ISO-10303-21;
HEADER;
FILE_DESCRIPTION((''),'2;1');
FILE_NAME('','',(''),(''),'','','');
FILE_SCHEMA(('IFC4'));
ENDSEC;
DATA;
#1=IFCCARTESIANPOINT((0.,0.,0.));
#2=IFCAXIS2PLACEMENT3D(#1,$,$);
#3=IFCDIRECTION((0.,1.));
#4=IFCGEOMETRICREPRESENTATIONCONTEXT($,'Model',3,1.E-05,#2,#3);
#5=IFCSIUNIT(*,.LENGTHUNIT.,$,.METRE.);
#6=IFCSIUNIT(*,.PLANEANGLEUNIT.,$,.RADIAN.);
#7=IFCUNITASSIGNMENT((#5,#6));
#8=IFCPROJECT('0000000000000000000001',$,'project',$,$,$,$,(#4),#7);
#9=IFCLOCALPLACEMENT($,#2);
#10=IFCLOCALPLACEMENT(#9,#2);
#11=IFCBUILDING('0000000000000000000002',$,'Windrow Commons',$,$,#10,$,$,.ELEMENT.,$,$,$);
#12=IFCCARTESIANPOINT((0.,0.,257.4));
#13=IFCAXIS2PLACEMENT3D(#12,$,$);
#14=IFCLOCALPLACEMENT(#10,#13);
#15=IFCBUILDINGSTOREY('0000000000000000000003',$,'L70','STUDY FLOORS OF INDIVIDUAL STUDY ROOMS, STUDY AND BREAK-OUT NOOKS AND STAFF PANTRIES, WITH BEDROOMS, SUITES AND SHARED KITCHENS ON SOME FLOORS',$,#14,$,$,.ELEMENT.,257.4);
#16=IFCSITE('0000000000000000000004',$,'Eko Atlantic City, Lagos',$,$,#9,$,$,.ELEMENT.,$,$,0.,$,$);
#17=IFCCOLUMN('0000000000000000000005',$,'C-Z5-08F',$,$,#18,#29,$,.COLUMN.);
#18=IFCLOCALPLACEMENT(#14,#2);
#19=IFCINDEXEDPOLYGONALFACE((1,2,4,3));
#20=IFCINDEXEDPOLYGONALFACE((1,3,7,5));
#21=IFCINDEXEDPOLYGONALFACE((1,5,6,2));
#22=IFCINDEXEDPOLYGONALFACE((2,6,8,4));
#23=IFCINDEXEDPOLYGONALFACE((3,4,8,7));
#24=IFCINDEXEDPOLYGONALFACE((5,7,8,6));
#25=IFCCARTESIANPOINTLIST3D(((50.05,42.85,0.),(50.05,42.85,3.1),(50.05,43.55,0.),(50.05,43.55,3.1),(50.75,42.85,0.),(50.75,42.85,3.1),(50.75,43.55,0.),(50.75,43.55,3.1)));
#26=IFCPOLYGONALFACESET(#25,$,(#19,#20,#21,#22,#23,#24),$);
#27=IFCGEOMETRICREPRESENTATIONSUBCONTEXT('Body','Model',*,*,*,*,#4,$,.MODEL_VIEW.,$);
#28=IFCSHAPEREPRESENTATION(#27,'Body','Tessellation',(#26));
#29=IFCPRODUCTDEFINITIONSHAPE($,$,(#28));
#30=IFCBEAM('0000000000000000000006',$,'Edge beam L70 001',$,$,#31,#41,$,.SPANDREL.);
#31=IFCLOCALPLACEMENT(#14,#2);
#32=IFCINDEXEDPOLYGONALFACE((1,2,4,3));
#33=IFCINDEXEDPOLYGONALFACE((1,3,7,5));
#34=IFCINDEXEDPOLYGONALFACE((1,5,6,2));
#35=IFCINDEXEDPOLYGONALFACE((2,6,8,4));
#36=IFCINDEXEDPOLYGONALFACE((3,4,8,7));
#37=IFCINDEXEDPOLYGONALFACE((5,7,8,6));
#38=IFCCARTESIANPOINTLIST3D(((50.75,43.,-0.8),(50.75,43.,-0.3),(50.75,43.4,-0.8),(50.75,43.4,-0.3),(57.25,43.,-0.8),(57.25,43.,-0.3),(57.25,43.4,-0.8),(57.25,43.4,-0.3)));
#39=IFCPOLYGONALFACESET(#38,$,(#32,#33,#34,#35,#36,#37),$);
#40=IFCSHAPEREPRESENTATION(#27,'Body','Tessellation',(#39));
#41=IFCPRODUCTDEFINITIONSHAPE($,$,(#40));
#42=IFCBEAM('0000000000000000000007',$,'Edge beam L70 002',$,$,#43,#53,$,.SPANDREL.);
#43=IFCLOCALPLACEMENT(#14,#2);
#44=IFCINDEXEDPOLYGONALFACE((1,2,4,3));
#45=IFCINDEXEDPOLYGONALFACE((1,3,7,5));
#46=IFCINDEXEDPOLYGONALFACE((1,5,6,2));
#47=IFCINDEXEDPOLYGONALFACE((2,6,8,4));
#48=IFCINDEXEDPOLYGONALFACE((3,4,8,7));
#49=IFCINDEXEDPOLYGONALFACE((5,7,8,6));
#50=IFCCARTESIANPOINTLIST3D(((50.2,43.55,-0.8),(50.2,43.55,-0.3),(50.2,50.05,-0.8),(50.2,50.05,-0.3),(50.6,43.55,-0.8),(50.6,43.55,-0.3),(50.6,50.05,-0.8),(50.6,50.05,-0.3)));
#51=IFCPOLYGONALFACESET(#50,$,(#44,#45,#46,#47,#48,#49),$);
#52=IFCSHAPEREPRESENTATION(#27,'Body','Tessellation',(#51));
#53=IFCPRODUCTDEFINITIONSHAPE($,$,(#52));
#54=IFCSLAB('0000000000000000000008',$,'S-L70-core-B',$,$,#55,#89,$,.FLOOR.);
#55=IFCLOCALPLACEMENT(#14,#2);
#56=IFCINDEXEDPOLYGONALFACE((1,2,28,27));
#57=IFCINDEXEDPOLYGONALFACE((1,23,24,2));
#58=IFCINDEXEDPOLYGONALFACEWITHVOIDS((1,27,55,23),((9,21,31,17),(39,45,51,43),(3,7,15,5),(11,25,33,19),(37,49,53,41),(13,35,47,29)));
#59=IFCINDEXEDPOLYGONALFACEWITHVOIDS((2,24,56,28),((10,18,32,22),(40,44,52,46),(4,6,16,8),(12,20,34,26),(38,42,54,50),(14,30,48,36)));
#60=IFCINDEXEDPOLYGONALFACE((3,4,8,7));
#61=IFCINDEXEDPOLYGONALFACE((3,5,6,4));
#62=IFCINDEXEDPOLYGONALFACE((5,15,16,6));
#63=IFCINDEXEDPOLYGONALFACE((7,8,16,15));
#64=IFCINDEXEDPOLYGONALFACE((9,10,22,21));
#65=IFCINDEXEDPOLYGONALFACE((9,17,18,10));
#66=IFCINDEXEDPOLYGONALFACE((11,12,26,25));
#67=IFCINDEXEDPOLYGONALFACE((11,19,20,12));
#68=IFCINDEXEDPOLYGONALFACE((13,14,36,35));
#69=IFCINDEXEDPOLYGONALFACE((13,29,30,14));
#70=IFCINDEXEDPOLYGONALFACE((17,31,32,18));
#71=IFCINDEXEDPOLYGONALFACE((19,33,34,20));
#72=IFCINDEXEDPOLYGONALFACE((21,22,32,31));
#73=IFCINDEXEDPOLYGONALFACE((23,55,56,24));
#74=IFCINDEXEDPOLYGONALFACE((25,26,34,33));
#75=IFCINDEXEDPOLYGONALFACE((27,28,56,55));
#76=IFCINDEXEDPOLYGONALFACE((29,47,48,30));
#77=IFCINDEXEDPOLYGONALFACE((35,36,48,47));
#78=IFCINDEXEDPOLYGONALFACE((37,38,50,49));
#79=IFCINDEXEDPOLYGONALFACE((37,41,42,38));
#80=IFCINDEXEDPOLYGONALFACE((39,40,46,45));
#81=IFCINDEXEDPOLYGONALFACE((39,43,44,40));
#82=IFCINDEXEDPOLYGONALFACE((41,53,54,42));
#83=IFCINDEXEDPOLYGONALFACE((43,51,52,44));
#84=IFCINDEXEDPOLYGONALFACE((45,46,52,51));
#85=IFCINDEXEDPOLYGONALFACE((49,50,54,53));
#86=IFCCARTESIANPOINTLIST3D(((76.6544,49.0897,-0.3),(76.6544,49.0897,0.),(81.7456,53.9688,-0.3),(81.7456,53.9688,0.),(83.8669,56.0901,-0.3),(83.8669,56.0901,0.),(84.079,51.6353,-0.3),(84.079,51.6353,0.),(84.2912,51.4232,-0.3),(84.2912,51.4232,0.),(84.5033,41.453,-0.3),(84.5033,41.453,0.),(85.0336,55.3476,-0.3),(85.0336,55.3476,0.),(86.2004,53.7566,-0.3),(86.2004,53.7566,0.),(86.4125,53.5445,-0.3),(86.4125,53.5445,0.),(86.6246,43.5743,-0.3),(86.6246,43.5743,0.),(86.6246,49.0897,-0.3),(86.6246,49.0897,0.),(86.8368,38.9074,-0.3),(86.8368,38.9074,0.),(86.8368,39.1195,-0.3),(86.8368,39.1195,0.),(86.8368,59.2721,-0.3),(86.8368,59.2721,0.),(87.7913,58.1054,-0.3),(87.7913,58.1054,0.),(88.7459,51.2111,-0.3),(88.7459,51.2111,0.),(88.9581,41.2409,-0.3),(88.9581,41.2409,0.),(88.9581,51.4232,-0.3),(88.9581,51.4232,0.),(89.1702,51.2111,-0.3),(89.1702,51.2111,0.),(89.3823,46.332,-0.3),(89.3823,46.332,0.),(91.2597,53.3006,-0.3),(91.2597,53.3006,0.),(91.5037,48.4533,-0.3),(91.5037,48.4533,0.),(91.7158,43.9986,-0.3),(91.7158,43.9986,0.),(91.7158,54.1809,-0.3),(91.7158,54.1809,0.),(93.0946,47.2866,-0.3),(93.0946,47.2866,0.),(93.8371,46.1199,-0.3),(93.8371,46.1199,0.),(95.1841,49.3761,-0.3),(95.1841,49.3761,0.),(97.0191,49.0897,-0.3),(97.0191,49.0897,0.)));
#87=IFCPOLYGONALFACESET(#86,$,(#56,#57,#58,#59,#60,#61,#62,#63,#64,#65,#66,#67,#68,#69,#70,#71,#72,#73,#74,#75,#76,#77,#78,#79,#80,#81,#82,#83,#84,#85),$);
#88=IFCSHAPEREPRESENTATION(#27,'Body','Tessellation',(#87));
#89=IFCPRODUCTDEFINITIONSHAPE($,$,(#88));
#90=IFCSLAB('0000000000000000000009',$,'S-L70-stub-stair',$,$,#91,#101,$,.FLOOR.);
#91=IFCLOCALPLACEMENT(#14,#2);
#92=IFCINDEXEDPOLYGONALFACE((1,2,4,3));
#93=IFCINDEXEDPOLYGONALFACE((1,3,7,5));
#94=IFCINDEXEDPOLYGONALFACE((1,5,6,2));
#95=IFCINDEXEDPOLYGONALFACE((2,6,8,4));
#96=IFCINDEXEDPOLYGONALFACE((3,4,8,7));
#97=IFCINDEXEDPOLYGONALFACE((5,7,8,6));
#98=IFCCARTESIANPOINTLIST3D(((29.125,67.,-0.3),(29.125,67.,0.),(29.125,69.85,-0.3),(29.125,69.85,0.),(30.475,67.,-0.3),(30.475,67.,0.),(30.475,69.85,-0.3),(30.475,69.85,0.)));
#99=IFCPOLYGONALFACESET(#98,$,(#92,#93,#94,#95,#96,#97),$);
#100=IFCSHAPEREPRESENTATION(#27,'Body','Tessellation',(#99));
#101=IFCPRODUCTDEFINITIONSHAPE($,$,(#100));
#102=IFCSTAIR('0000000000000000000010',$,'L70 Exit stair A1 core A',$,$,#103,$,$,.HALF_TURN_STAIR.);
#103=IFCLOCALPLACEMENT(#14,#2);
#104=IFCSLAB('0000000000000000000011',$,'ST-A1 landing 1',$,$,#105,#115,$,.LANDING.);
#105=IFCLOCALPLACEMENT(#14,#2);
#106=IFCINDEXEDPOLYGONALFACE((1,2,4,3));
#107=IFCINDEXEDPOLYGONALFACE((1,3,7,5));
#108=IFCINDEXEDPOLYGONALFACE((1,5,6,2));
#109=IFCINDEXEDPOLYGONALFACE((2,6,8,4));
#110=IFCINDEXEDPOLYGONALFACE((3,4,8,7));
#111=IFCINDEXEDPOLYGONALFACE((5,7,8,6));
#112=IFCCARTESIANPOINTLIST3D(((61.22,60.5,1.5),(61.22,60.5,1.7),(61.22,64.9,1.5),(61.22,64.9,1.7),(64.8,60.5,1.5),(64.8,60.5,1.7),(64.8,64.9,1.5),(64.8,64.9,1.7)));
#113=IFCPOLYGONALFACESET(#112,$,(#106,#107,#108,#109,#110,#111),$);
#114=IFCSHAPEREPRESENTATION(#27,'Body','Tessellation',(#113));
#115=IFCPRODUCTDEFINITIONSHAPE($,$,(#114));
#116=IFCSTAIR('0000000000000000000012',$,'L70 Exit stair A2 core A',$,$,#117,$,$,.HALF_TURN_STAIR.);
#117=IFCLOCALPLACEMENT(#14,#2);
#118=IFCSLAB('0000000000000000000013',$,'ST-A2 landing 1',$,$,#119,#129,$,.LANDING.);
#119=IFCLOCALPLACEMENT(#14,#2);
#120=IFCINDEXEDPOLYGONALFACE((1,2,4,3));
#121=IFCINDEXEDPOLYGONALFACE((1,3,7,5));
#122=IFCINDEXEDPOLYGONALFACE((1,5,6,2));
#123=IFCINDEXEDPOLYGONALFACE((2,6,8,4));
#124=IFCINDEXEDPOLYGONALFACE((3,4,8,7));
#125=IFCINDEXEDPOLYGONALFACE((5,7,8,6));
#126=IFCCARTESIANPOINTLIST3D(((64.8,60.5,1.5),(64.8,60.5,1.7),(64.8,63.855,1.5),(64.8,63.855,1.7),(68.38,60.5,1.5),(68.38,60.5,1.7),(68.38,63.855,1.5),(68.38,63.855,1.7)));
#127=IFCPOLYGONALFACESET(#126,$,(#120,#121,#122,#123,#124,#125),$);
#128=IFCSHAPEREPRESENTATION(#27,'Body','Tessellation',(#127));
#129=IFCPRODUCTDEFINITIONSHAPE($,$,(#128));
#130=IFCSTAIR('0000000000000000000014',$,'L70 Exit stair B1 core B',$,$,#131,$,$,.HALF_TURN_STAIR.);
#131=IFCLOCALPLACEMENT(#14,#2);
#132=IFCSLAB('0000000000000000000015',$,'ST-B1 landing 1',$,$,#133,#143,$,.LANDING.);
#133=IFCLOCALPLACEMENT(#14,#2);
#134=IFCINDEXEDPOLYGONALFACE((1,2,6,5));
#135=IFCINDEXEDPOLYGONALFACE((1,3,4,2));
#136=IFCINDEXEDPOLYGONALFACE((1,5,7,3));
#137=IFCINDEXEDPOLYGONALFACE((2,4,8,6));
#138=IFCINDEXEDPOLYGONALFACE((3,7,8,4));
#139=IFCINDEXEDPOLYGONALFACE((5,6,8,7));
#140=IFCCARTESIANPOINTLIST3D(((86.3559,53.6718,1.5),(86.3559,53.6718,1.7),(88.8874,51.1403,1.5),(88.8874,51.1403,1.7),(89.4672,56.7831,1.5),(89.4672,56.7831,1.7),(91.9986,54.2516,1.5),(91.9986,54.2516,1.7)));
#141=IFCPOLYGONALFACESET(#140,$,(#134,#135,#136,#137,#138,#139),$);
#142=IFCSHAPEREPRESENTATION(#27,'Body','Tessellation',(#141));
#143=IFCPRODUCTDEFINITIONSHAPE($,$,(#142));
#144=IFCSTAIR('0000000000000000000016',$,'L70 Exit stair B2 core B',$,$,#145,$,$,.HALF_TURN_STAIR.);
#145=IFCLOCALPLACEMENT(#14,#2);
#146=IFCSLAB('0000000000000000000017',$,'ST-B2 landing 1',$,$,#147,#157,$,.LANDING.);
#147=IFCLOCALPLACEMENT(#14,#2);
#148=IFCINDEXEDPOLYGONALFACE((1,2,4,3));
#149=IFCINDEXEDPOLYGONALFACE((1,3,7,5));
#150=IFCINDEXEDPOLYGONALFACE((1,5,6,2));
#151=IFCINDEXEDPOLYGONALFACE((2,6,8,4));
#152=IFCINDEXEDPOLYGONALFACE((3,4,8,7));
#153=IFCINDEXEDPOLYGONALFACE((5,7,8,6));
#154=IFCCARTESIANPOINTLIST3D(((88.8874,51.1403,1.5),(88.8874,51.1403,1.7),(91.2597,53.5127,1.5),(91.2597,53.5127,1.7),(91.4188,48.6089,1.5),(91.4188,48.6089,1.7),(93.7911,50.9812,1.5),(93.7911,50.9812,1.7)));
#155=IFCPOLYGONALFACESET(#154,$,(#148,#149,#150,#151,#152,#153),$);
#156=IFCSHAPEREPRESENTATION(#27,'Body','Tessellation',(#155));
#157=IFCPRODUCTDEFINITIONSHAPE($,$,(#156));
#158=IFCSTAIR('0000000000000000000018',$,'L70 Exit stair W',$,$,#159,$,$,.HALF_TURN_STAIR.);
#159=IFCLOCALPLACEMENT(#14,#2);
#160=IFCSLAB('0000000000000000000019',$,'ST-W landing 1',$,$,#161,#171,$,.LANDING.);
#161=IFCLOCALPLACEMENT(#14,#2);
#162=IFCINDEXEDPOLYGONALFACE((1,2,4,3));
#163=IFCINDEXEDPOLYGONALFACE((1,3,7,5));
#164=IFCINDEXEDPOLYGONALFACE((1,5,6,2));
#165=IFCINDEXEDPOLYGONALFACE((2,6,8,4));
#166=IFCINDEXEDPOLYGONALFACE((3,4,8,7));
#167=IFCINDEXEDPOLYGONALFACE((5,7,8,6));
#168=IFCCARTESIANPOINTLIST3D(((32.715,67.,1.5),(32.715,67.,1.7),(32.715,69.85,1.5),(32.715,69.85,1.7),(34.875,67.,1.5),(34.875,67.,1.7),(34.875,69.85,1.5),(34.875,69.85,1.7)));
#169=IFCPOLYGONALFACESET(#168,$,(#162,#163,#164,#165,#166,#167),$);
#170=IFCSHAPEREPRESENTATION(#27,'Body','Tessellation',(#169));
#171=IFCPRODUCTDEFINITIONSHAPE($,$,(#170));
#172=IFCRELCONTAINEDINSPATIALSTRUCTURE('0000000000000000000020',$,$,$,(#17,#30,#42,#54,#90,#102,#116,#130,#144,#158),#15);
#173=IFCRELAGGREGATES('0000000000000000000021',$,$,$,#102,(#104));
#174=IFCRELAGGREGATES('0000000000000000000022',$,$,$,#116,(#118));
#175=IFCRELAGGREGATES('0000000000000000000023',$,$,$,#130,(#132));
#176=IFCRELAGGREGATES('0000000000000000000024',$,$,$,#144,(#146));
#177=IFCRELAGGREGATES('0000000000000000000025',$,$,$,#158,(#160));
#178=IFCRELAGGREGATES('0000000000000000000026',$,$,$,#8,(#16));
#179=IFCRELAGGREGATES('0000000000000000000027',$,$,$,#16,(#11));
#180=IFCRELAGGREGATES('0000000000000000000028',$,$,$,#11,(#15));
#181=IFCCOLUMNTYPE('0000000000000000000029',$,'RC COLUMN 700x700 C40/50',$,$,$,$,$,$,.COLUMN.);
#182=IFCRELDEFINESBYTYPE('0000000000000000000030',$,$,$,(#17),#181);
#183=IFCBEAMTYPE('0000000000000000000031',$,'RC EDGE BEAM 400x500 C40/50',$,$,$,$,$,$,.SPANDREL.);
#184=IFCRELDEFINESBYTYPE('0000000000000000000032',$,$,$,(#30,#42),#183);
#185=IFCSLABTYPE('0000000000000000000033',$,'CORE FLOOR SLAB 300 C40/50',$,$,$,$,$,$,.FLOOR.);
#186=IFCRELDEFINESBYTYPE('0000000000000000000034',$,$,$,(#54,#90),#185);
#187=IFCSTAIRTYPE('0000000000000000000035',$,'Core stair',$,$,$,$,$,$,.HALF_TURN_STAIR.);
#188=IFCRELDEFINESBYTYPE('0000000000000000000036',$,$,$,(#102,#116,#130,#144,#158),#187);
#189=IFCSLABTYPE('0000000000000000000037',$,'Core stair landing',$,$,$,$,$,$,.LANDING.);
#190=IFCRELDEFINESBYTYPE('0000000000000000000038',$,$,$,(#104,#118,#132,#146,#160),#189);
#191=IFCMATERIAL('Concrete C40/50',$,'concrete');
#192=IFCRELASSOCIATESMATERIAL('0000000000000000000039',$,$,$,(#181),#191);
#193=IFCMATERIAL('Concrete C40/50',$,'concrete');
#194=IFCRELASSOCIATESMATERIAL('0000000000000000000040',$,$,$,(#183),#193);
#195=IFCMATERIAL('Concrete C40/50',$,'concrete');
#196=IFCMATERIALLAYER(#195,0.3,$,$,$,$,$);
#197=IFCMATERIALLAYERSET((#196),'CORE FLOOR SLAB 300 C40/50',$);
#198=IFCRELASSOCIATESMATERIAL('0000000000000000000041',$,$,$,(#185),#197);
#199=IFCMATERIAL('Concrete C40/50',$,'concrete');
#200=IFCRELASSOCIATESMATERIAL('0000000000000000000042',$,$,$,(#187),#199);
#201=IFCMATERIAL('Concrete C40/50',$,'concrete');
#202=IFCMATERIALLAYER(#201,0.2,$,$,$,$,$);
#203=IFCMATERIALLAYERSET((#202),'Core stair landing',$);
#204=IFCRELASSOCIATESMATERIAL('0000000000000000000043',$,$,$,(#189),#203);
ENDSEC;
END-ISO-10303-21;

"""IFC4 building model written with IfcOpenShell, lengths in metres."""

from ifc_helpers import new_model, si_unit, direction, frame, origin, origin_2d, place, context, subcontext, project, spatial, polyline, rectangle, outline, extrude, material, layer, layer_set, material_profile, profile_set, type_object, element, aggregate, save


model = new_model("IFC4")

# Units and contexts
model_context = context("Model", 3, precision=1e-05, world=origin(), true_north=direction((0.0, 1.0)))
body_context = subcontext(model_context, "Body", "Model", "MODEL_VIEW")
ifc_project = project(units=[si_unit("LENGTHUNIT", "METRE"), si_unit("PLANEANGLEUNIT", "RADIAN")], contexts=[model_context])

# Site, building, storey
site_placement = place(None, origin())
site = spatial("IfcSite", under=ifc_project, at=site_placement, Name="Eko Atlantic City, Lagos", CompositionType="ELEMENT", RefElevation=0.0)
building_placement = place(site_placement, origin())
building = spatial("IfcBuilding", under=site, at=building_placement, Name="Windrow Commons", CompositionType="ELEMENT")
storey_placement = place(building_placement, frame((0.0, 0.0, 257.4)))
storey = spatial("IfcBuildingStorey", under=building, at=storey_placement, Name="L70", Description="STUDY FLOORS OF INDIVIDUAL STUDY ROOMS, STUDY AND BREAK-OUT NOOKS AND STAFF PANTRIES, WITH BEDROOMS, SUITES AND SHARED KITCHENS ON SOME FLOORS", CompositionType="ELEMENT", Elevation=257.4)

# Column
ifc_material_1 = material(Name="Concrete C40/50", Category="concrete")
ifc_material_profile_1 = material_profile(ifc_material_1, rectangle(XDim=0.7, YDim=0.7, at=origin_2d()))
ifc_profile_set_1 = profile_set([ifc_material_profile_1], Name="Concrete C40/50")
column_type = type_object("IfcColumnType", Name="RC COLUMN 700x700 C40/50", PredefinedType="COLUMN", material=ifc_profile_set_1)
column_placement = place(storey_placement, frame((50.4, 43.2, 0.0), z_axis=(0.0, 0.0, 1.0), x_axis=(1.0, 0.0, 0.0)))
element("IfcColumn", 1, at=column_placement, inside=storey, type_object=column_type, Name="C-Z5-08F", PredefinedType="COLUMN", context=body_context, shape_type="SweptSolid", body=[
    extrude(rectangle(XDim=0.7, YDim=0.7, at=origin_2d()), origin(), (0.0, 0.0, 1.0), 3.1),
])

# Beams
ifc_material_2 = material(Name="Concrete C40/50", Category="concrete")
ifc_material_profile_2 = material_profile(ifc_material_2, rectangle(XDim=0.4, YDim=0.5, at=origin_2d()))
ifc_profile_set_2 = profile_set([ifc_material_profile_2], Name="Concrete C40/50")
beam_type = type_object("IfcBeamType", Name="RC EDGE BEAM 400x500 C40/50", PredefinedType="SPANDREL", material=ifc_profile_set_2)
for number, where, z_axis, x_axis, name in (
    (2, (57.25, 43.2, -0.55), (-1.0, 0.0, 0.0), (0.0, -1.0, 0.0), "Edge beam L70 001"),
    (3, (50.4, 43.55, -0.55), (0.0, 1.0, 0.0), (-1.0, 0.0, 0.0), "Edge beam L70 002"),
):
    element("IfcBeam", number, at=place(storey_placement, frame(where, z_axis=z_axis, x_axis=x_axis)), inside=storey, type_object=beam_type, Name=name, PredefinedType="SPANDREL", context=body_context, shape_type="SweptSolid", body=[
        extrude(rectangle(XDim=0.4, YDim=0.5, at=origin_2d()), origin(), (0.0, 0.0, 1.0), 6.5),
    ])

# Slab, openings
ifc_material_3 = material(Name="Concrete C40/50", Category="concrete")
ifc_layer_1 = layer(ifc_material_3, 0.3)
ifc_layer_set_1 = layer_set([ifc_layer_1], Name="CORE FLOOR SLAB 300 C40/50")
slab_type_1 = type_object("IfcSlabType", Name="CORE FLOOR SLAB 300 C40/50", PredefinedType="FLOOR", material=ifc_layer_set_1)
placement_1 = place(storey_placement, frame((0.0, 0.0, -0.3)))
slab_1 = element("IfcSlab", 4, at=placement_1, inside=storey, type_object=slab_type_1, Name="S-L70-core-B", PredefinedType="FLOOR", context=body_context, shape_type="SweptSolid", body=[
    extrude(outline(polyline([(76.6544, 49.0897), (86.8368, 38.9074), (97.0191, 49.0897), (86.8368, 59.2721), (76.6544, 49.0897)]), holes=[polyline([(84.5033, 41.453), (86.8368, 39.1195), (88.9581, 41.2409), (86.6246, 43.5743), (84.5033, 41.453)]), polyline([(81.7456, 53.9688), (84.079, 51.6353), (86.2004, 53.7566), (83.8669, 56.0901), (81.7456, 53.9688)]), polyline([(84.2912, 51.4232), (86.6246, 49.0897), (88.7459, 51.2111), (86.4125, 53.5445), (84.2912, 51.4232)]), polyline([(89.3823, 46.332), (91.7158, 43.9986), (93.8371, 46.1199), (91.5037, 48.4533), (89.3823, 46.332)]), polyline([(85.0336, 55.3476), (88.9581, 51.4232), (91.7158, 54.1809), (87.7913, 58.1054), (85.0336, 55.3476)]), polyline([(89.1702, 51.2111), (93.0946, 47.2866), (95.1841, 49.3761), (91.2597, 53.3006), (89.1702, 51.2111)])]), origin(), (0.0, 0.0, 1.0), 0.3),
])
opening_1_placement = place(placement_1, origin())
element("IfcOpeningElement", 5, at=opening_1_placement, cuts=slab_1, PredefinedType="OPENING", context=body_context, shape_type="SweptSolid", body=[
    extrude(outline(polyline([(84.5104, 41.453), (86.6246, 43.5672), (88.951, 41.2409), (86.8368, 39.1266), (84.5104, 41.453)])), origin(), (0.0, 0.0, 1.0), 0.3),
])
opening_2_placement = place(placement_1, origin())
element("IfcOpeningElement", 6, at=opening_2_placement, cuts=slab_1, PredefinedType="OPENING", context=body_context, shape_type="SweptSolid", body=[
    extrude(outline(polyline([(81.7527, 53.9688), (83.8669, 56.083), (86.1933, 53.7566), (84.079, 51.6424), (81.7527, 53.9688)])), origin(), (0.0, 0.0, 1.0), 0.3),
])
opening_3_placement = place(placement_1, origin())
element("IfcOpeningElement", 7, at=opening_3_placement, cuts=slab_1, PredefinedType="OPENING", context=body_context, shape_type="SweptSolid", body=[
    extrude(outline(polyline([(84.2983, 51.4232), (86.4125, 53.5374), (88.7388, 51.2111), (86.6246, 49.0968), (84.2983, 51.4232)])), origin(), (0.0, 0.0, 1.0), 0.3),
])
opening_4_placement = place(placement_1, origin())
element("IfcOpeningElement", 8, at=opening_4_placement, cuts=slab_1, PredefinedType="OPENING", context=body_context, shape_type="SweptSolid", body=[
    extrude(outline(polyline([(89.3894, 46.332), (91.5037, 48.4462), (93.83, 46.1199), (91.7158, 44.0057), (89.3894, 46.332)])), origin(), (0.0, 0.0, 1.0), 0.3),
])
opening_5_placement = place(placement_1, origin())
element("IfcOpeningElement", 9, at=opening_5_placement, cuts=slab_1, PredefinedType="OPENING", context=body_context, shape_type="SweptSolid", body=[
    extrude(outline(polyline([(85.0407, 55.3476), (87.7913, 58.0983), (91.7087, 54.1809), (88.9581, 51.4303), (85.0407, 55.3476)])), origin(), (0.0, 0.0, 1.0), 0.3),
])
opening_6_placement = place(placement_1, origin())
element("IfcOpeningElement", 10, at=opening_6_placement, cuts=slab_1, PredefinedType="OPENING", context=body_context, shape_type="SweptSolid", body=[
    extrude(outline(polyline([(89.1773, 51.2111), (91.2597, 53.2935), (95.177, 49.3761), (93.0946, 47.2937), (89.1773, 51.2111)])), origin(), (0.0, 0.0, 1.0), 0.3),
])

# Slab
element("IfcSlab", 11, at=placement_1, inside=storey, type_object=slab_type_1, Name="S-L70-stub-stair", PredefinedType="FLOOR", context=body_context, shape_type="SweptSolid", body=[
    extrude(outline(polyline([(29.125, 67.0), (30.475, 67.0), (30.475, 69.85), (29.125, 69.85), (29.125, 67.0)])), origin(), (0.0, 0.0, 1.0), 0.3),
])

# Stairs, slabs
ifc_material_4 = material(Name="Concrete C40/50", Category="concrete")
stair_type = type_object("IfcStairType", Name="Core stair", PredefinedType="HALF_TURN_STAIR", material=ifc_material_4)
placement_2 = place(storey_placement, origin())
stair_1 = element("IfcStair", 12, at=placement_2, inside=storey, type_object=stair_type, Name="L70 Exit stair A1 core A", PredefinedType="HALF_TURN_STAIR")
ifc_material_5 = material(Name="Concrete C40/50", Category="concrete")
ifc_layer_2 = layer(ifc_material_5, 0.2)
ifc_layer_set_2 = layer_set([ifc_layer_2], Name="Core stair landing")
slab_type_2 = type_object("IfcSlabType", Name="Core stair landing", PredefinedType="LANDING", material=ifc_layer_set_2)
placement_3 = place(storey_placement, frame((0.0, 0.0, 1.5)))
slab_2 = element("IfcSlab", 13, at=placement_3, type_object=slab_type_2, Name="ST-A1 landing 1", PredefinedType="LANDING", context=body_context, shape_type="SweptSolid", body=[
    extrude(outline(polyline([(61.22, 60.5), (64.8, 60.5), (64.8, 64.9), (61.22, 64.9), (61.22, 60.5)])), origin(), (0.0, 0.0, 1.0), 0.2),
])
aggregate(stair_1, [slab_2])
stair_2 = element("IfcStair", 14, at=placement_2, inside=storey, type_object=stair_type, Name="L70 Exit stair A2 core A", PredefinedType="HALF_TURN_STAIR")
slab_3 = element("IfcSlab", 15, at=placement_3, type_object=slab_type_2, Name="ST-A2 landing 1", PredefinedType="LANDING", context=body_context, shape_type="SweptSolid", body=[
    extrude(outline(polyline([(64.8, 60.5), (68.38, 60.5), (68.38, 63.855), (64.8, 63.855), (64.8, 60.5)])), origin(), (0.0, 0.0, 1.0), 0.2),
])
aggregate(stair_2, [slab_3])
stair_3 = element("IfcStair", 16, at=placement_2, inside=storey, type_object=stair_type, Name="L70 Exit stair B1 core B", PredefinedType="HALF_TURN_STAIR")
slab_4 = element("IfcSlab", 17, at=placement_3, type_object=slab_type_2, Name="ST-B1 landing 1", PredefinedType="LANDING", context=body_context, shape_type="SweptSolid", body=[
    extrude(outline(polyline([(86.3559, 53.6718), (88.8874, 51.1403), (91.9986, 54.2516), (89.4672, 56.7831), (86.3559, 53.6718)])), origin(), (0.0, 0.0, 1.0), 0.2),
])
aggregate(stair_3, [slab_4])
stair_4 = element("IfcStair", 18, at=placement_2, inside=storey, type_object=stair_type, Name="L70 Exit stair B2 core B", PredefinedType="HALF_TURN_STAIR")
slab_5 = element("IfcSlab", 19, at=placement_3, type_object=slab_type_2, Name="ST-B2 landing 1", PredefinedType="LANDING", context=body_context, shape_type="SweptSolid", body=[
    extrude(outline(polyline([(88.8874, 51.1403), (91.4188, 48.6089), (93.7911, 50.9812), (91.2597, 53.5127), (88.8874, 51.1403)])), origin(), (0.0, 0.0, 1.0), 0.2),
])
aggregate(stair_4, [slab_5])
stair_5 = element("IfcStair", 20, at=placement_2, inside=storey, type_object=stair_type, Name="L70 Exit stair W", PredefinedType="HALF_TURN_STAIR")
slab_6 = element("IfcSlab", 21, at=placement_3, type_object=slab_type_2, Name="ST-W landing 1", PredefinedType="LANDING", context=body_context, shape_type="SweptSolid", body=[
    extrude(outline(polyline([(32.715, 67.0), (34.875, 67.0), (34.875, 69.85), (32.715, 69.85), (32.715, 67.0)])), origin(), (0.0, 0.0, 1.0), 0.2),
])
aggregate(stair_5, [slab_6])

save(model, "model.ifc")
